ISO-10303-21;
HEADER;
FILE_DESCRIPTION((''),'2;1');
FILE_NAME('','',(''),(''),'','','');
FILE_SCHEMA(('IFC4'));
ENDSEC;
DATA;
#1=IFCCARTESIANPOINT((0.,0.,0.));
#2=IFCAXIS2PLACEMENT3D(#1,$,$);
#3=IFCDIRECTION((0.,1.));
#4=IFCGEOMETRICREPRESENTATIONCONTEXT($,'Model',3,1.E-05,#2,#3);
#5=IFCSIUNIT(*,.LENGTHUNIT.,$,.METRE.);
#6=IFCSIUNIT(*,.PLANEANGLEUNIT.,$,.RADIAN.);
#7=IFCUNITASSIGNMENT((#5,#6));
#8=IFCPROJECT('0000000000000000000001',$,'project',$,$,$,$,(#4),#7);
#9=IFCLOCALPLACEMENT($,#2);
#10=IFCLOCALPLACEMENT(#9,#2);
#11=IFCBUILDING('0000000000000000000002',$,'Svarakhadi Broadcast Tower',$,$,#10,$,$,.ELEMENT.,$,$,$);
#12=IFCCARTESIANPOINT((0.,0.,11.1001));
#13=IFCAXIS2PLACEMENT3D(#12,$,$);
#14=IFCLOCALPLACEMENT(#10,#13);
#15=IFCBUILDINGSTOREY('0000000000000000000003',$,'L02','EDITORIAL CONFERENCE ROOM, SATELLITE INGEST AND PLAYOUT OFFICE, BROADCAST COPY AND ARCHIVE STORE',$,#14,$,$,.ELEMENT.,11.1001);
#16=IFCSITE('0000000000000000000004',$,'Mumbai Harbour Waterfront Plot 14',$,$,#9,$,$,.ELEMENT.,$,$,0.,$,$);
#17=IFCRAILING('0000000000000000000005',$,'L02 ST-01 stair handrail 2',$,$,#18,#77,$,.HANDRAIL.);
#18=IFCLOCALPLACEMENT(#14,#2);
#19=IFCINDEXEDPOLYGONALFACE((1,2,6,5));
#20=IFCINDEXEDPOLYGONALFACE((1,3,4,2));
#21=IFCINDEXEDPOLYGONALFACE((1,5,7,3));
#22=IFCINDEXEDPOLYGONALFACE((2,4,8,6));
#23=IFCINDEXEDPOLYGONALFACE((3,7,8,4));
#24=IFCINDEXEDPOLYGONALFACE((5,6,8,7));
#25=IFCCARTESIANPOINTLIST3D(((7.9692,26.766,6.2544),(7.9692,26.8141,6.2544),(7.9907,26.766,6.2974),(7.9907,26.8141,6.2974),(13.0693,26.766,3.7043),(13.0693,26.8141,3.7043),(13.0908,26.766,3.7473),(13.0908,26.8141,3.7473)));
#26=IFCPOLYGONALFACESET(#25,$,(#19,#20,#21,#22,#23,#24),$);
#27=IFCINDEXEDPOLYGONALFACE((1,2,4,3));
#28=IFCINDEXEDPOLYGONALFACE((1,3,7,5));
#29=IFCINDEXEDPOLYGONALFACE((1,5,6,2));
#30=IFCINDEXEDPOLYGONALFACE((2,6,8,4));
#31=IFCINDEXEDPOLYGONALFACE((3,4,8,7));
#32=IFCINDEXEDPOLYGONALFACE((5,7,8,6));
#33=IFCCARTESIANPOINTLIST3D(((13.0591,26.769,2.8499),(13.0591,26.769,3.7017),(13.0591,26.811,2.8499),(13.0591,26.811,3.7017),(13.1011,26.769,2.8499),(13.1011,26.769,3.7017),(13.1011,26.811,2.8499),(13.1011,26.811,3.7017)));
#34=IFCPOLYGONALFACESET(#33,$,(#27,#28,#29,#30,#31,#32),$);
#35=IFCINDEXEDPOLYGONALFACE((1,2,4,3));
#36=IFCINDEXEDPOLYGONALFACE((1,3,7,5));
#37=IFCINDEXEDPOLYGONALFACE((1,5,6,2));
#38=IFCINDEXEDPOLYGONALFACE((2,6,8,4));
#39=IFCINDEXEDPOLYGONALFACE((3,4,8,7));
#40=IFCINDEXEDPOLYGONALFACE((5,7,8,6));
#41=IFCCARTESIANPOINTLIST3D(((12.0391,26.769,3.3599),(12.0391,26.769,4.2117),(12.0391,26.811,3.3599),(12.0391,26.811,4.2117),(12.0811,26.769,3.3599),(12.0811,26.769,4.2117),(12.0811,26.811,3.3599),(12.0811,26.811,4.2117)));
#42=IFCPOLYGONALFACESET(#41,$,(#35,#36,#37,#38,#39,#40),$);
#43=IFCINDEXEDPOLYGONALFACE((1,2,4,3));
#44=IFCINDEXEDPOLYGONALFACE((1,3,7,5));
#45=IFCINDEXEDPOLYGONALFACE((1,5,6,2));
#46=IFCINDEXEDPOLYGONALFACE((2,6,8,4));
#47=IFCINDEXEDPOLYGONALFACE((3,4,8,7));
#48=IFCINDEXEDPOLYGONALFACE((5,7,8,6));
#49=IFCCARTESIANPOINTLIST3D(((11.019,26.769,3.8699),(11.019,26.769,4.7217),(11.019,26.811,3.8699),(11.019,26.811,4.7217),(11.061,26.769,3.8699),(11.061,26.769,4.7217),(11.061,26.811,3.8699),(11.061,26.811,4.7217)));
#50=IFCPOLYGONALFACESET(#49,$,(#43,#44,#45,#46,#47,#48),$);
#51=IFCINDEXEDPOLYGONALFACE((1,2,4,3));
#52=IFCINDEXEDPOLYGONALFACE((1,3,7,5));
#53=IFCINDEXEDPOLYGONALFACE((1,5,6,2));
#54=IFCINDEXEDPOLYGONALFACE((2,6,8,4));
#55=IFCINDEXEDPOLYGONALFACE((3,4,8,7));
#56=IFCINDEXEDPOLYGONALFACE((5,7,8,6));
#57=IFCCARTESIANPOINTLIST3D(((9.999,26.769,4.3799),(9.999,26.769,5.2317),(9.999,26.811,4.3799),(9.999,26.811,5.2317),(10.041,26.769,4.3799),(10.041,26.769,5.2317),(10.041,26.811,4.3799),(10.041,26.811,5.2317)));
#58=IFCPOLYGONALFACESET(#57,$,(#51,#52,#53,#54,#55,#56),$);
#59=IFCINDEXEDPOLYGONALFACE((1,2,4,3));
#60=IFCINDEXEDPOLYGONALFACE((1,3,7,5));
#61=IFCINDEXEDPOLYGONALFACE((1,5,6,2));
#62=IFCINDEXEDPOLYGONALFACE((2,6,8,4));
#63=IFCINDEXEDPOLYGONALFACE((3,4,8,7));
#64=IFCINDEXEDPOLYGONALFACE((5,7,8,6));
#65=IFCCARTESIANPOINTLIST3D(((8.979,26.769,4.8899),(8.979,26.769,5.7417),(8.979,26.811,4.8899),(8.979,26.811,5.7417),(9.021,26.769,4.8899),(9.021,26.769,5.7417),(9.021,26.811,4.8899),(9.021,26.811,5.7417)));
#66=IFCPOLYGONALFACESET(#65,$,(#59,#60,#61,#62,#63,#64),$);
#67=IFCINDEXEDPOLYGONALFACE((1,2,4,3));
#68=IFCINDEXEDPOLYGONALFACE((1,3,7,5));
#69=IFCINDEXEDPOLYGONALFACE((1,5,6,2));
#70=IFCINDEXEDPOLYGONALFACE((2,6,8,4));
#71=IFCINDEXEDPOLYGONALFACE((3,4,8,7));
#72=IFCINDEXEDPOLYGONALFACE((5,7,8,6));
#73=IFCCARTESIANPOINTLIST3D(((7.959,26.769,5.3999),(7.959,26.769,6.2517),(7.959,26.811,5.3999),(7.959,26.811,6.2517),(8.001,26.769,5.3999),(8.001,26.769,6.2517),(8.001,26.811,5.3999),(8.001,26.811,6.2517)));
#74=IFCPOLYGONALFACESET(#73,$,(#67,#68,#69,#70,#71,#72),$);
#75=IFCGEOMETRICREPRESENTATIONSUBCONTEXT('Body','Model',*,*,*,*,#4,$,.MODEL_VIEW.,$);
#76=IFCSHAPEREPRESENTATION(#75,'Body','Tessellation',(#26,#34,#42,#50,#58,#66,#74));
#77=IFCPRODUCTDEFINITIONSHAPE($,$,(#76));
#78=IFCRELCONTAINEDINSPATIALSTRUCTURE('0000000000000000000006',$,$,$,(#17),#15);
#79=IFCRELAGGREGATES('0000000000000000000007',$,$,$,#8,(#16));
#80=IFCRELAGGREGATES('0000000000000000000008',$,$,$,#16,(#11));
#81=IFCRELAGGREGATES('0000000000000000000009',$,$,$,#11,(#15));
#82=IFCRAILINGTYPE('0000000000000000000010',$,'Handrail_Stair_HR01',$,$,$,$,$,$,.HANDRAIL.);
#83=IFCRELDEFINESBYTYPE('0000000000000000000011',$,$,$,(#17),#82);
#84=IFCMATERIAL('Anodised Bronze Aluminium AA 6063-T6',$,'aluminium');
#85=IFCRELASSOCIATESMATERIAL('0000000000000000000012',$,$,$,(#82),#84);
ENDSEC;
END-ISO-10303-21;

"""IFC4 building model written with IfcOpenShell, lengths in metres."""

from ifc_helpers import new_model, si_unit, direction, frame, origin, origin_2d, place, context, subcontext, project, spatial, rectangle, extrude, material, type_object, element, save


model = new_model("IFC4")

# Units and contexts
model_context = context("Model", 3, precision=1e-05, world=origin(), true_north=direction((0.0, 1.0)))
body_context = subcontext(model_context, "Body", "Model", "MODEL_VIEW")
ifc_project = project(units=[si_unit("LENGTHUNIT", "METRE"), si_unit("PLANEANGLEUNIT", "RADIAN")], contexts=[model_context])

# Site, building, storey
site_placement = place(None, origin())
site = spatial("IfcSite", under=ifc_project, at=site_placement, Name="Mumbai Harbour Waterfront Plot 14", CompositionType="ELEMENT", RefElevation=0.0)
building_placement = place(site_placement, origin())
building = spatial("IfcBuilding", under=site, at=building_placement, Name="Svarakhadi Broadcast Tower", CompositionType="ELEMENT")
storey_placement = place(building_placement, frame((0.0, 0.0, 11.1001)))
storey = spatial("IfcBuildingStorey", under=building, at=storey_placement, Name="L02", Description="EDITORIAL CONFERENCE ROOM, SATELLITE INGEST AND PLAYOUT OFFICE, BROADCAST COPY AND ARCHIVE STORE", CompositionType="ELEMENT", Elevation=11.1001)

# Shared definitions
ifc_material_1 = material(Name="Anodised Bronze Aluminium AA 6063-T6", Category="aluminium")

# Railing
railing_type_1 = type_object("IfcRailingType", Name="Handrail_Stair_HR01", PredefinedType="HANDRAIL", material=ifc_material_1)
railing_1_placement = place(storey_placement, frame((13.0801, 26.79, 2.8499)))
element("IfcRailing", 1, at=railing_1_placement, inside=storey, type_object=railing_type_1, Name="L02 ST-01 stair handrail 2", PredefinedType="HANDRAIL", context=body_context, shape_type="SweptSolid", body=[
    extrude(rectangle(XDim=0.0481, YDim=0.0481, at=origin_2d()), frame((0.0, 0.0, 0.876), z_axis=(-0.894427, 0.0, 0.447214), x_axis=(0.0, -1.0, 0.0)), (0.0, 0.0, 1.0), 5.7021),
    extrude(rectangle(XDim=0.042, YDim=0.042, at=origin_2d()), origin(), (0.0, 0.0, 1.0), 0.8518),
    extrude(rectangle(XDim=0.042, YDim=0.042, at=origin_2d()), frame((-1.02, 0.0, 0.51)), (0.0, 0.0, 1.0), 0.8518),
    extrude(rectangle(XDim=0.042, YDim=0.042, at=origin_2d()), frame((-2.04, 0.0, 1.02)), (0.0, 0.0, 1.0), 0.8518),
    extrude(rectangle(XDim=0.042, YDim=0.042, at=origin_2d()), frame((-3.0601, 0.0, 1.53)), (0.0, 0.0, 1.0), 0.8518),
    extrude(rectangle(XDim=0.042, YDim=0.042, at=origin_2d()), frame((-4.0801, 0.0, 2.04)), (0.0, 0.0, 1.0), 0.8518),
    extrude(rectangle(XDim=0.042, YDim=0.042, at=origin_2d()), frame((-5.1001, 0.0, 2.55)), (0.0, 0.0, 1.0), 0.8518),
])

save(model, "model.ifc")
